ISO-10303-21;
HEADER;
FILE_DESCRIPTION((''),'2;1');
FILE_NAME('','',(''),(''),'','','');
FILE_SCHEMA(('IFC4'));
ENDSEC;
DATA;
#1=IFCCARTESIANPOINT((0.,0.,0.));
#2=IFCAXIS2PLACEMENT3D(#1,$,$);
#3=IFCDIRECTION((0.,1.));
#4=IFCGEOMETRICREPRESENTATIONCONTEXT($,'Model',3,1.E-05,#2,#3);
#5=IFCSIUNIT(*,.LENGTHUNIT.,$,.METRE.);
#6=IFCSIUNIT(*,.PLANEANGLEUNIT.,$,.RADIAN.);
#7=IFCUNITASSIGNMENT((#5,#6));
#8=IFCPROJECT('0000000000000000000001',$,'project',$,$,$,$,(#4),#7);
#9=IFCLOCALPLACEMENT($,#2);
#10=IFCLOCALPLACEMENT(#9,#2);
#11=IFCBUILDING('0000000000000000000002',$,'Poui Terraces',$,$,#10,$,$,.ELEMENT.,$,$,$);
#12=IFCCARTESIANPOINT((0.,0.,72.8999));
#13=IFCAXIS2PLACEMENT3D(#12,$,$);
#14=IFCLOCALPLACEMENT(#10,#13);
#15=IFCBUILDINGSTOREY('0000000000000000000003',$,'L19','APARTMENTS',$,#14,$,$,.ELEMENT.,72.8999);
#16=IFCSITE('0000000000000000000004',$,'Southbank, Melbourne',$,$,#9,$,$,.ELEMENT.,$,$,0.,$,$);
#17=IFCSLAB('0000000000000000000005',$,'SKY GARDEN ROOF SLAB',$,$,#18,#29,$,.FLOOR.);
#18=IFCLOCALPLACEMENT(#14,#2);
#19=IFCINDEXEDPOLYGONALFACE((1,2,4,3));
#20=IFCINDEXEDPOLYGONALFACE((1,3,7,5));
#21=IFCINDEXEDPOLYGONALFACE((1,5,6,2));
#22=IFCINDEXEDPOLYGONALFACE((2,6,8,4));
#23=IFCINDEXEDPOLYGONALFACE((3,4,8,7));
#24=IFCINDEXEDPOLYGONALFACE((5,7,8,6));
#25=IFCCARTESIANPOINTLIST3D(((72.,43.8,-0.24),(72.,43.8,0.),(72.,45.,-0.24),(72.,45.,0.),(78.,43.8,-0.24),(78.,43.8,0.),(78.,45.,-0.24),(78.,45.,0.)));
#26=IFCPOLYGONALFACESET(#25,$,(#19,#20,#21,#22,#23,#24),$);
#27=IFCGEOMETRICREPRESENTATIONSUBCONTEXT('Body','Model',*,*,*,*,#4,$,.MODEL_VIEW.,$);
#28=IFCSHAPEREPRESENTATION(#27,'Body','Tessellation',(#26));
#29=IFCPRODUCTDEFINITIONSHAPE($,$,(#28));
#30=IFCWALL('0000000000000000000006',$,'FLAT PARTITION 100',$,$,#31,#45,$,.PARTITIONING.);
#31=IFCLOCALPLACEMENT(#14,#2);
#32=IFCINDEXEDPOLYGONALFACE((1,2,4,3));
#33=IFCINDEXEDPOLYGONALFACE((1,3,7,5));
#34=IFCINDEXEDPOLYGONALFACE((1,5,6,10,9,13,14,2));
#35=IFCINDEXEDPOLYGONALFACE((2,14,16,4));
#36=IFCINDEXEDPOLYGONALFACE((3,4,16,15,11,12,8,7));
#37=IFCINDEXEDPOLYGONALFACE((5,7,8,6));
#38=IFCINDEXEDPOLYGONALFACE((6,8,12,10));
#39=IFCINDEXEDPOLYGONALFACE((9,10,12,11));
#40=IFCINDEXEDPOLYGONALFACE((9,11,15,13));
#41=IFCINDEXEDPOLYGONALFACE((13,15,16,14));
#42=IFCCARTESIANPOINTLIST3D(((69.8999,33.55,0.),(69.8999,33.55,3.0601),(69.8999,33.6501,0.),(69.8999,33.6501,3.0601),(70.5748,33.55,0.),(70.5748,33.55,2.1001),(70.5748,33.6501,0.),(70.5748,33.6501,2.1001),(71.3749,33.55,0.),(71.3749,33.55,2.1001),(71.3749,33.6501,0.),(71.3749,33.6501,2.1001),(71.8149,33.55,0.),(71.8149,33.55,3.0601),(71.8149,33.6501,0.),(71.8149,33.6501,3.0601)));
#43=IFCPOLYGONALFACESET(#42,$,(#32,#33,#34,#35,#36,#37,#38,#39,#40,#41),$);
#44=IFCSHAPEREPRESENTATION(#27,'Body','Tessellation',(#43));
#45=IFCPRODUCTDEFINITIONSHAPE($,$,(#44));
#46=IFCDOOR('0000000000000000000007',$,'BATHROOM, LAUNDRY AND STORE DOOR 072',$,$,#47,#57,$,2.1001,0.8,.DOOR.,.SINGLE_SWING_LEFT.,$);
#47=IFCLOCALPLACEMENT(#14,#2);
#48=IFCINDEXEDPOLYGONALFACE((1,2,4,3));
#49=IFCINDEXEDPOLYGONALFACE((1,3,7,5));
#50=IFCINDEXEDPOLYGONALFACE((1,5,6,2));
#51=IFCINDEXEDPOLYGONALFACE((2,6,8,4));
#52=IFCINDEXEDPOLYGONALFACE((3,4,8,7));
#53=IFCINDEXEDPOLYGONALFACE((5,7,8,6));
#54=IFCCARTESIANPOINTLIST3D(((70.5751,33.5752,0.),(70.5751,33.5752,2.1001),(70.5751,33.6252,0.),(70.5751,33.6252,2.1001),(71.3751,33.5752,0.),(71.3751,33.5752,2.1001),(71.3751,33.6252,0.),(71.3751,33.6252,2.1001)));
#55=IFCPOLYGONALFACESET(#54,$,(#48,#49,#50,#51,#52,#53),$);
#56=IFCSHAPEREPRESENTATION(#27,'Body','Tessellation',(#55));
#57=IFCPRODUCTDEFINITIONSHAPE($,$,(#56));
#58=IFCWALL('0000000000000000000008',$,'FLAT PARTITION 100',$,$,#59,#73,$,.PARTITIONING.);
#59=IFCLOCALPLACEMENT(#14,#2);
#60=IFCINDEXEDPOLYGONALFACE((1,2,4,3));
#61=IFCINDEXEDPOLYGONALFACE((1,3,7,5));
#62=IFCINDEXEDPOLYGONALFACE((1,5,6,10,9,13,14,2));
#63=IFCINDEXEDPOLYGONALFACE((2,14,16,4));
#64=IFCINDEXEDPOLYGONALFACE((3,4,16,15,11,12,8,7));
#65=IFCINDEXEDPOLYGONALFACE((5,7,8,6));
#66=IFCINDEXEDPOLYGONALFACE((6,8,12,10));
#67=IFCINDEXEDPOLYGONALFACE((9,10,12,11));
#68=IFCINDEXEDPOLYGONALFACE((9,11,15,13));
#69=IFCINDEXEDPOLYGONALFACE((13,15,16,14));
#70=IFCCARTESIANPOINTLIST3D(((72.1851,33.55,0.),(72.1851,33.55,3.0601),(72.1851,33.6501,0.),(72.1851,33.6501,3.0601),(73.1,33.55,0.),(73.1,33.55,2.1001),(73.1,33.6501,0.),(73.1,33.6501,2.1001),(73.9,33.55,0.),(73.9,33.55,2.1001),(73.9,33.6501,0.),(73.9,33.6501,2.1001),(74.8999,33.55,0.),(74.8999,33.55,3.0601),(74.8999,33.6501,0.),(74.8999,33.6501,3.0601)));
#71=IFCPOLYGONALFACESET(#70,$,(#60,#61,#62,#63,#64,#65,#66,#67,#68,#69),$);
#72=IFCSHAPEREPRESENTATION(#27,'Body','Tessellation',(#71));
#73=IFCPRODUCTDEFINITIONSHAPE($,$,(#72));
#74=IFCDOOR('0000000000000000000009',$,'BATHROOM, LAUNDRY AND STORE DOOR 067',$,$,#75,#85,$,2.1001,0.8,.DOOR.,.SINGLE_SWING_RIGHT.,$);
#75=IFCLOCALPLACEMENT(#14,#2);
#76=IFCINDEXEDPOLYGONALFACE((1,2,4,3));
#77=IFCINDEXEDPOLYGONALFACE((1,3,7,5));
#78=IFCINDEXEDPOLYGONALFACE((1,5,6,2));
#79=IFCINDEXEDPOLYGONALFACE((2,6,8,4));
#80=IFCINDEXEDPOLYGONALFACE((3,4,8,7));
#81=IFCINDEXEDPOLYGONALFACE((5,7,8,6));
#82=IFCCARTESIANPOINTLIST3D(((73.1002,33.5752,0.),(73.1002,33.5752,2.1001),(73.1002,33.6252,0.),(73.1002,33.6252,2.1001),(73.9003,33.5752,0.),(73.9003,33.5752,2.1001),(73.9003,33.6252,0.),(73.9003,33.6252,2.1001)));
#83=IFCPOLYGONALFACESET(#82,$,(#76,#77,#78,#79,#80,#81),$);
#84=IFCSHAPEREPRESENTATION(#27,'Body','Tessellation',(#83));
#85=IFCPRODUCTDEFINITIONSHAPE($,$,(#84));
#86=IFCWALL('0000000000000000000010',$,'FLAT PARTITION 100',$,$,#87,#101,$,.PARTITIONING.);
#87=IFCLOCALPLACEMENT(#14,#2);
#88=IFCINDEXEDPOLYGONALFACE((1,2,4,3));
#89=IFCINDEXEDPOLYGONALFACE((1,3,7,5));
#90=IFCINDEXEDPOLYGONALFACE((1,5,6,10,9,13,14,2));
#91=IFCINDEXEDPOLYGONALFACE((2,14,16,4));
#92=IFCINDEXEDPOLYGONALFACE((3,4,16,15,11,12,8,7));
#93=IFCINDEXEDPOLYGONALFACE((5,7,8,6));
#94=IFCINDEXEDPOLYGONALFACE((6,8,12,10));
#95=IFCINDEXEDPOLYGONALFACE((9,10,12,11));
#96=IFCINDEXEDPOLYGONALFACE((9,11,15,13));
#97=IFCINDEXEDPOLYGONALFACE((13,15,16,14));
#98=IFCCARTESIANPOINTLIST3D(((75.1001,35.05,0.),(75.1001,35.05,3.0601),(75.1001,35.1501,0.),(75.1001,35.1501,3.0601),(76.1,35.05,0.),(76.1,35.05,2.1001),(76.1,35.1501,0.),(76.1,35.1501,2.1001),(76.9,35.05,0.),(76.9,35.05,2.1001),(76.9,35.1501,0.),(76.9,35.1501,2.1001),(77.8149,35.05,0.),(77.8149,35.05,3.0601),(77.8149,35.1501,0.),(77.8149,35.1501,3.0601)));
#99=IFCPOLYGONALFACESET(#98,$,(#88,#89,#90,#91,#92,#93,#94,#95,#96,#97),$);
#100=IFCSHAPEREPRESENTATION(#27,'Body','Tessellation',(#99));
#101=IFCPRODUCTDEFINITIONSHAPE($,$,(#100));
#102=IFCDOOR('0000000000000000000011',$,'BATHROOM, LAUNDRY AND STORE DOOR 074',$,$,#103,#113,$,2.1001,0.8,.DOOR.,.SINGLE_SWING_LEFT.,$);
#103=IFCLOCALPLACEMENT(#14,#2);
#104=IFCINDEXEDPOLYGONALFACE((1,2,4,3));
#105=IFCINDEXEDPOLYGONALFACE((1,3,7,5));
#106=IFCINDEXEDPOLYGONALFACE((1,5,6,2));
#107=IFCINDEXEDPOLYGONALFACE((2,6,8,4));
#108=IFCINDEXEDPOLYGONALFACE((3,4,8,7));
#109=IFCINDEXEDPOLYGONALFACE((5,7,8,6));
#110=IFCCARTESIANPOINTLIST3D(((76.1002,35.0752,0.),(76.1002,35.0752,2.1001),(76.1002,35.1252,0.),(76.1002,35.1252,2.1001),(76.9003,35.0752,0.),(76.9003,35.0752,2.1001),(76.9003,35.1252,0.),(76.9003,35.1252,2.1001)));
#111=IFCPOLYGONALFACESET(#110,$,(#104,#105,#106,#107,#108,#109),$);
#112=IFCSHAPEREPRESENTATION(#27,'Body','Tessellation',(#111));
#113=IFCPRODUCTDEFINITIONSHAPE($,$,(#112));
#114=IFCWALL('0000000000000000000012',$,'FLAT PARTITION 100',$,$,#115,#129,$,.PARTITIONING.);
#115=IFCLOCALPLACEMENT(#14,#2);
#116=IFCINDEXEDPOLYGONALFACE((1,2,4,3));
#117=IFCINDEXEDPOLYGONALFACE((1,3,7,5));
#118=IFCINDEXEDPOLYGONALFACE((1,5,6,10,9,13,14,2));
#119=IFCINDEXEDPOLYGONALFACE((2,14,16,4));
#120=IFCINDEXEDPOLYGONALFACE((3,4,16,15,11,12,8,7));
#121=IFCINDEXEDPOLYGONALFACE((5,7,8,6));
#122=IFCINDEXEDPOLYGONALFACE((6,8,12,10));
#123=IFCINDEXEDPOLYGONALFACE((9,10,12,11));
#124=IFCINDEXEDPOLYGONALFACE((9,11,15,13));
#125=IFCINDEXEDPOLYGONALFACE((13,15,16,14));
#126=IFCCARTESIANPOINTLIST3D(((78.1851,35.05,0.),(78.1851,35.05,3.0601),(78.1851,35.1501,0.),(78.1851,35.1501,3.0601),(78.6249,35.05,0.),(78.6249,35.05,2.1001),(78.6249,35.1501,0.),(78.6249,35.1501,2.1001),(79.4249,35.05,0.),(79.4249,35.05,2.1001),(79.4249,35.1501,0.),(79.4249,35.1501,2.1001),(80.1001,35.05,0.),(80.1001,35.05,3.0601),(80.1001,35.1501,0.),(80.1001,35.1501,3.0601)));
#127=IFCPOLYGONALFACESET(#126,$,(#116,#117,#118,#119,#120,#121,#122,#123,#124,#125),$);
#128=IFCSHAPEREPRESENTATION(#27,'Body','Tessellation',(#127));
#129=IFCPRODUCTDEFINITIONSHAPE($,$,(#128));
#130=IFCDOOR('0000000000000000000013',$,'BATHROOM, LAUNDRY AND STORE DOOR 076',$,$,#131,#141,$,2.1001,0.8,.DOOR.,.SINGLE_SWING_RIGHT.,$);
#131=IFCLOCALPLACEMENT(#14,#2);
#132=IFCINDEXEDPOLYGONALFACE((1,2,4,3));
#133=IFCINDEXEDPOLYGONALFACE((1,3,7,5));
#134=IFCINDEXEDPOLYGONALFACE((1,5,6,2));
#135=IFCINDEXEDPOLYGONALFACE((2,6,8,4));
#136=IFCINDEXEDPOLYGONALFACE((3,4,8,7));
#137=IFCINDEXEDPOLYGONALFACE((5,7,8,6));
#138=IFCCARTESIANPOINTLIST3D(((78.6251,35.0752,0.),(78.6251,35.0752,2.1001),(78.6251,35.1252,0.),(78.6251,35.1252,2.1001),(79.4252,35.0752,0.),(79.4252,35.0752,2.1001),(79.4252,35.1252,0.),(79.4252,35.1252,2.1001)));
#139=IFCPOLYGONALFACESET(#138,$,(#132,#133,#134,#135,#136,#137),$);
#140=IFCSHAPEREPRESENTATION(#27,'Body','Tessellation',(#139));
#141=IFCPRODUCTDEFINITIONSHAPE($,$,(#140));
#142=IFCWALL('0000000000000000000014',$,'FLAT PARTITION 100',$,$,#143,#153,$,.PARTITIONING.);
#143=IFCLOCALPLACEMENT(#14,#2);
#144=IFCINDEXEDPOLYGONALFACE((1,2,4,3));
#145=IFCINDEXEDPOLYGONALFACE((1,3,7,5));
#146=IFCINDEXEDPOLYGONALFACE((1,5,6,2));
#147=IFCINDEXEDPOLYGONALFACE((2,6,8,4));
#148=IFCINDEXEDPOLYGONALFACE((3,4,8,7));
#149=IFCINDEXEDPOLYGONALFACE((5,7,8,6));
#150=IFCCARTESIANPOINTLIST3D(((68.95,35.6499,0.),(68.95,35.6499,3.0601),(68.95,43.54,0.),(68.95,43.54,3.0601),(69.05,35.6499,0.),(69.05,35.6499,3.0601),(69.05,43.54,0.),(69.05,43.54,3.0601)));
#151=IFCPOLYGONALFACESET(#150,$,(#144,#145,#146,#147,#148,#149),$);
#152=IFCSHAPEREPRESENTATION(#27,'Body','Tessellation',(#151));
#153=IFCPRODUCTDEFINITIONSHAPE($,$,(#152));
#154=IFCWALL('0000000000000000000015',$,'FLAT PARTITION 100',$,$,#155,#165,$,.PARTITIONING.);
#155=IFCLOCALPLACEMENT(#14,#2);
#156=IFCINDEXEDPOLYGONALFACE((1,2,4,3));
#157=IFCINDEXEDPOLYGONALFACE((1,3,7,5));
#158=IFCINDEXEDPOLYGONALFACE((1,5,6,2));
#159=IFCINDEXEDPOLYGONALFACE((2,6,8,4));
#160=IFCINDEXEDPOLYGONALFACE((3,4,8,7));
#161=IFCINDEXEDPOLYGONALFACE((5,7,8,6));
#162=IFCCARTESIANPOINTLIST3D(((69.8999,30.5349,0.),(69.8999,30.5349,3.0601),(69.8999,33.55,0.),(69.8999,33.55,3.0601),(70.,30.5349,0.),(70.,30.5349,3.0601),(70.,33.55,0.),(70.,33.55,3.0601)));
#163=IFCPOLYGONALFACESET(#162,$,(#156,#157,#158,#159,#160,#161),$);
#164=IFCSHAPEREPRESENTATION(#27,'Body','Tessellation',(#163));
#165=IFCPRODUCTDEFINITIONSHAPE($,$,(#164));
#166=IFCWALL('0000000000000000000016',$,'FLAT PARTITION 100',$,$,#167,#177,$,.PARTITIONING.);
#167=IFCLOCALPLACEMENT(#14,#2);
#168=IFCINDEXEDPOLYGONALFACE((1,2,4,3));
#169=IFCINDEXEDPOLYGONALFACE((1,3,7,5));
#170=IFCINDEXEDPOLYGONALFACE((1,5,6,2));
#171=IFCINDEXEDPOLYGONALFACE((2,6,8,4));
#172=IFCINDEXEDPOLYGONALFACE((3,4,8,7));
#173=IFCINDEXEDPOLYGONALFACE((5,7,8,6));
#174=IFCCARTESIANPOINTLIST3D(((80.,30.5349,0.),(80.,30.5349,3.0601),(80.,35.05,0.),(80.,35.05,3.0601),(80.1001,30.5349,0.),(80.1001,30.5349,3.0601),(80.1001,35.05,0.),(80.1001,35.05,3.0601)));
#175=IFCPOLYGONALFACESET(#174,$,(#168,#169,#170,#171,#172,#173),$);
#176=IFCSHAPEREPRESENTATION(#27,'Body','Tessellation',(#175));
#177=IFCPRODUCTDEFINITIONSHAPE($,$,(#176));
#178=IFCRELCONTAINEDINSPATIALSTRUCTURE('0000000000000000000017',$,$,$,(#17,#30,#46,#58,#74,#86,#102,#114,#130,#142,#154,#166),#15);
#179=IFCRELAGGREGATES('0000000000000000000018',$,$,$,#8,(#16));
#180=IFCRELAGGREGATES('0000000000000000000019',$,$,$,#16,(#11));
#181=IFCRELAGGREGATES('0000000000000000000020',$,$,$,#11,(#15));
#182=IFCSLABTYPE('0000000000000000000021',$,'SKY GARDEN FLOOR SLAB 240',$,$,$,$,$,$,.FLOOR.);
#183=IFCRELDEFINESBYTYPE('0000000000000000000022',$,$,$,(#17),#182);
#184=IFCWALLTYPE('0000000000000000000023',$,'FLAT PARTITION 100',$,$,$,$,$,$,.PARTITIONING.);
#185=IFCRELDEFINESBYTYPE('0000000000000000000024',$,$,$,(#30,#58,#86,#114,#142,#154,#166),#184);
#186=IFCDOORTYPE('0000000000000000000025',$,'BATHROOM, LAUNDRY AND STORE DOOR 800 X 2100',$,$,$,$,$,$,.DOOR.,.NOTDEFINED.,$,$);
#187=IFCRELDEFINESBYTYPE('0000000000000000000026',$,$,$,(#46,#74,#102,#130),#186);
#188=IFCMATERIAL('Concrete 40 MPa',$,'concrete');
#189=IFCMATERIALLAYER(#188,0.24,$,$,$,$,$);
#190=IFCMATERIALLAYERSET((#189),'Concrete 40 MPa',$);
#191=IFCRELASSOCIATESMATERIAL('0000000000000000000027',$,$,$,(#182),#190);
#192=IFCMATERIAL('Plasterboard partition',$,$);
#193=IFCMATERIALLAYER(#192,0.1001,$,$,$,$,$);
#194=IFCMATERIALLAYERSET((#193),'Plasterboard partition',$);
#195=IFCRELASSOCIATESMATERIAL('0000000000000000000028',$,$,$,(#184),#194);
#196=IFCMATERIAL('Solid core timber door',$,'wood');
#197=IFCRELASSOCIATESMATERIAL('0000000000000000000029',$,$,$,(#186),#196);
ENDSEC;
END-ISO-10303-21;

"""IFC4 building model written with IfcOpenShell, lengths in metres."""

from ifc_helpers import new_model, si_unit, direction, frame, frame_2d, origin, place, context, subcontext, project, spatial, polyline, rectangle, outline, extrude, source, transform, mapped, material, layer, layer_set, type_object, element, fill, save


model = new_model("IFC4")

# Units and contexts
model_context = context("Model", 3, precision=1e-05, world=origin(), true_north=direction((0.0, 1.0)))
body_context = subcontext(model_context, "Body", "Model", "MODEL_VIEW")
ifc_project = project(units=[si_unit("LENGTHUNIT", "METRE"), si_unit("PLANEANGLEUNIT", "RADIAN")], contexts=[model_context])

# Site, building, storey
site_placement = place(None, origin())
site = spatial("IfcSite", under=ifc_project, at=site_placement, Name="Southbank, Melbourne", CompositionType="ELEMENT", RefElevation=0.0)
building_placement = place(site_placement, origin())
building = spatial("IfcBuilding", under=site, at=building_placement, Name="Poui Terraces", CompositionType="ELEMENT")
storey_placement = place(building_placement, frame((0.0, 0.0, 72.8999)))
storey = spatial("IfcBuildingStorey", under=building, at=storey_placement, Name="L19", Description="APARTMENTS", CompositionType="ELEMENT", Elevation=72.8999)

# Slab
ifc_material_1 = material(Name="Concrete 40 MPa", Category="concrete")
ifc_layer_1 = layer(ifc_material_1, 0.24)
ifc_layer_set_1 = layer_set([ifc_layer_1], Name="Concrete 40 MPa")
slab_type = type_object("IfcSlabType", Name="SKY GARDEN FLOOR SLAB 240", PredefinedType="FLOOR", material=ifc_layer_set_1)
shared_shape_1 = source(origin(), body_context, "Body", "SweptSolid", [
    extrude(outline(polyline([(0.0, 0.0), (0.0, 1.2), (-6.0, 1.2), (-6.0, 0.0), (0.0, 0.0)])), origin(), (0.0, 0.0, 1.0), 0.24),
])
slab_placement = place(storey_placement, frame((78.0, 43.8, -0.24)))
element("IfcSlab", 1, at=slab_placement, inside=storey, type_object=slab_type, Name="SKY GARDEN ROOF SLAB", PredefinedType="FLOOR", context=body_context, shape_type="MappedRepresentation", body=[
    mapped(shared_shape_1, transform((0.0, 0.0, 0.0))),
])

# Walls, openings, doors
ifc_material_2 = material(Name="Plasterboard partition")
ifc_layer_2 = layer(ifc_material_2, 0.1001)
ifc_layer_set_2 = layer_set([ifc_layer_2], Name="Plasterboard partition")
wall_type_1 = type_object("IfcWallType", Name="FLAT PARTITION 100", PredefinedType="PARTITIONING", material=ifc_layer_set_2)
wall_1_placement = place(storey_placement, frame((69.8999, 33.6001, 0.0), z_axis=(0.0, 0.0, 1.0), x_axis=(1.0, 0.0, 0.0)))
wall_1 = element("IfcWall", 2, at=wall_1_placement, inside=storey, type_object=wall_type_1, Name="FLAT PARTITION 100", PredefinedType="PARTITIONING", context=body_context, shape_type="SweptSolid", body=[
    extrude(rectangle(XDim=1.915, YDim=0.1001, at=frame_2d((0.9575, 0.0))), origin(), (0.0, 0.0, 1.0), 3.0601),
])
opening_1_placement = place(wall_1_placement, frame((0.675, 0.0, 0.0)))
opening_1 = element("IfcOpeningElement", 3, at=opening_1_placement, cuts=wall_1, PredefinedType="OPENING", context=body_context, shape_type="SweptSolid", body=[
    extrude(rectangle(XDim=0.8, YDim=2.1001, at=frame_2d((0.3999, 1.05))), frame((0.0, 0.0601, 0.0), z_axis=(0.0, -1.0, 0.0), x_axis=(1.0, 0.0, 0.0)), (0.0, 0.0, 1.0), 0.1201),
])
ifc_material_3 = material(Name="Solid core timber door", Category="wood")
door_type = type_object("IfcDoorType", Name="BATHROOM, LAUNDRY AND STORE DOOR 800 X 2100", OperationType="NOTDEFINED", PredefinedType="DOOR", material=ifc_material_3)
door_1_placement = place(opening_1_placement, frame((0.8, 0.0, 0.0), z_axis=(0.0, 0.0, 1.0), x_axis=(-1.0, 0.0, 0.0)))
door_1 = element("IfcDoor", 4, at=door_1_placement, inside=storey, type_object=door_type, Name="BATHROOM, LAUNDRY AND STORE DOOR 072", OperationType="SINGLE_SWING_LEFT", OverallHeight=2.1001, OverallWidth=0.8, PredefinedType="DOOR", context=body_context, shape_type="SweptSolid", body=[
    extrude(rectangle(XDim=0.8, YDim=2.1001, at=frame_2d((0.3999, 1.05))), frame((0.0, 0.0249, 0.0), z_axis=(0.0, -1.0, 0.0), x_axis=(1.0, 0.0, 0.0)), (0.0, 0.0, 1.0), 0.05),
])
fill(opening_1, door_1)
wall_2_placement = place(storey_placement, frame((72.1851, 33.6001, 0.0), z_axis=(0.0, 0.0, 1.0), x_axis=(1.0, 0.0, 0.0)))
wall_2 = element("IfcWall", 5, at=wall_2_placement, inside=storey, type_object=wall_type_1, Name="FLAT PARTITION 100", PredefinedType="PARTITIONING", context=body_context, shape_type="SweptSolid", body=[
    extrude(rectangle(XDim=2.7148, YDim=0.1001, at=frame_2d((1.3574, 0.0))), origin(), (0.0, 0.0, 1.0), 3.0601),
])
opening_2_placement = place(wall_2_placement, frame((0.915, 0.0, 0.0)))
opening_2 = element("IfcOpeningElement", 6, at=opening_2_placement, cuts=wall_2, PredefinedType="OPENING", context=body_context, shape_type="SweptSolid", body=[
    extrude(rectangle(XDim=0.8, YDim=2.1001, at=frame_2d((0.3999, 1.05))), frame((0.0, 0.0601, 0.0), z_axis=(0.0, -1.0, 0.0), x_axis=(1.0, 0.0, 0.0)), (0.0, 0.0, 1.0), 0.1201),
])
door_2_placement = place(opening_2_placement, frame((0.8, 0.0, 0.0), z_axis=(0.0, 0.0, 1.0), x_axis=(-1.0, 0.0, 0.0)))
door_2 = element("IfcDoor", 7, at=door_2_placement, inside=storey, type_object=door_type, Name="BATHROOM, LAUNDRY AND STORE DOOR 067", OperationType="SINGLE_SWING_RIGHT", OverallHeight=2.1001, OverallWidth=0.8, PredefinedType="DOOR", context=body_context, shape_type="SweptSolid", body=[
    extrude(rectangle(XDim=0.8, YDim=2.1001, at=frame_2d((0.3999, 1.05))), frame((0.0, 0.0249, 0.0), z_axis=(0.0, -1.0, 0.0), x_axis=(1.0, 0.0, 0.0)), (0.0, 0.0, 1.0), 0.05),
])
fill(opening_2, door_2)
wall_3_placement = place(storey_placement, frame((75.1001, 35.1001, 0.0), z_axis=(0.0, 0.0, 1.0), x_axis=(1.0, 0.0, 0.0)))
wall_3 = element("IfcWall", 8, at=wall_3_placement, inside=storey, type_object=wall_type_1, Name="FLAT PARTITION 100", PredefinedType="PARTITIONING", context=body_context, shape_type="SweptSolid", body=[
    extrude(rectangle(XDim=2.7148, YDim=0.1001, at=frame_2d((1.3574, 0.0))), origin(), (0.0, 0.0, 1.0), 3.0601),
])
opening_3_placement = place(wall_3_placement, frame((1.0, 0.0, 0.0)))
opening_3 = element("IfcOpeningElement", 9, at=opening_3_placement, cuts=wall_3, PredefinedType="OPENING", context=body_context, shape_type="SweptSolid", body=[
    extrude(rectangle(XDim=0.8, YDim=2.1001, at=frame_2d((0.3999, 1.05))), frame((0.0, 0.0601, 0.0), z_axis=(0.0, -1.0, 0.0), x_axis=(1.0, 0.0, 0.0)), (0.0, 0.0, 1.0), 0.1201),
])
door_3_placement = place(opening_3_placement, frame((0.8, 0.0, 0.0), z_axis=(0.0, 0.0, 1.0), x_axis=(-1.0, 0.0, 0.0)))
door_3 = element("IfcDoor", 10, at=door_3_placement, inside=storey, type_object=door_type, Name="BATHROOM, LAUNDRY AND STORE DOOR 074", OperationType="SINGLE_SWING_LEFT", OverallHeight=2.1001, OverallWidth=0.8, PredefinedType="DOOR", context=body_context, shape_type="SweptSolid", body=[
    extrude(rectangle(XDim=0.8, YDim=2.1001, at=frame_2d((0.3999, 1.05))), frame((0.0, 0.0249, 0.0), z_axis=(0.0, -1.0, 0.0), x_axis=(1.0, 0.0, 0.0)), (0.0, 0.0, 1.0), 0.05),
])
fill(opening_3, door_3)
wall_4_placement = place(storey_placement, frame((78.1851, 35.1001, 0.0), z_axis=(0.0, 0.0, 1.0), x_axis=(1.0, 0.0, 0.0)))
wall_4 = element("IfcWall", 11, at=wall_4_placement, inside=storey, type_object=wall_type_1, Name="FLAT PARTITION 100", PredefinedType="PARTITIONING", context=body_context, shape_type="SweptSolid", body=[
    extrude(rectangle(XDim=1.915, YDim=0.1001, at=frame_2d((0.9575, 0.0))), origin(), (0.0, 0.0, 1.0), 3.0601),
])
opening_4_placement = place(wall_4_placement, frame((0.4399, 0.0, 0.0)))
opening_4 = element("IfcOpeningElement", 12, at=opening_4_placement, cuts=wall_4, PredefinedType="OPENING", context=body_context, shape_type="SweptSolid", body=[
    extrude(rectangle(XDim=0.8, YDim=2.1001, at=frame_2d((0.3999, 1.05))), frame((0.0, 0.0601, 0.0), z_axis=(0.0, -1.0, 0.0), x_axis=(1.0, 0.0, 0.0)), (0.0, 0.0, 1.0), 0.1201),
])
door_4_placement = place(opening_4_placement, frame((0.8, 0.0, 0.0), z_axis=(0.0, 0.0, 1.0), x_axis=(-1.0, 0.0, 0.0)))
door_4 = element("IfcDoor", 13, at=door_4_placement, inside=storey, type_object=door_type, Name="BATHROOM, LAUNDRY AND STORE DOOR 076", OperationType="SINGLE_SWING_RIGHT", OverallHeight=2.1001, OverallWidth=0.8, PredefinedType="DOOR", context=body_context, shape_type="SweptSolid", body=[
    extrude(rectangle(XDim=0.8, YDim=2.1001, at=frame_2d((0.3999, 1.05))), frame((0.0, 0.0249, 0.0), z_axis=(0.0, -1.0, 0.0), x_axis=(1.0, 0.0, 0.0)), (0.0, 0.0, 1.0), 0.05),
])
fill(opening_4, door_4)

# Walls
wall_5_placement = place(storey_placement, frame((69.0, 35.6499, 0.0), z_axis=(0.0, 0.0, 1.0), x_axis=(0.0, 1.0, 0.0)))
element("IfcWall", 14, at=wall_5_placement, inside=storey, type_object=wall_type_1, Name="FLAT PARTITION 100", PredefinedType="PARTITIONING", context=body_context, shape_type="SweptSolid", body=[
    extrude(rectangle(XDim=7.8901, YDim=0.1001, at=frame_2d((3.9451, 0.0))), origin(), (0.0, 0.0, 1.0), 3.0601),
])
wall_6_placement = place(storey_placement, frame((69.95, 30.5349, 0.0), z_axis=(0.0, 0.0, 1.0), x_axis=(0.0, 1.0, 0.0)))
element("IfcWall", 15, at=wall_6_placement, inside=storey, type_object=wall_type_1, Name="FLAT PARTITION 100", PredefinedType="PARTITIONING", context=body_context, shape_type="SweptSolid", body=[
    extrude(rectangle(XDim=3.0151, YDim=0.1001, at=frame_2d((1.5076, 0.0))), origin(), (0.0, 0.0, 1.0), 3.0601),
])
wall_7_placement = place(storey_placement, frame((80.05, 30.5349, 0.0), z_axis=(0.0, 0.0, 1.0), x_axis=(0.0, 1.0, 0.0)))
element("IfcWall", 16, at=wall_7_placement, inside=storey, type_object=wall_type_1, Name="FLAT PARTITION 100", PredefinedType="PARTITIONING", context=body_context, shape_type="SweptSolid", body=[
    extrude(rectangle(XDim=4.5151, YDim=0.1001, at=frame_2d((2.2576, 0.0))), origin(), (0.0, 0.0, 1.0), 3.0601),
])

save(model, "model.ifc")
